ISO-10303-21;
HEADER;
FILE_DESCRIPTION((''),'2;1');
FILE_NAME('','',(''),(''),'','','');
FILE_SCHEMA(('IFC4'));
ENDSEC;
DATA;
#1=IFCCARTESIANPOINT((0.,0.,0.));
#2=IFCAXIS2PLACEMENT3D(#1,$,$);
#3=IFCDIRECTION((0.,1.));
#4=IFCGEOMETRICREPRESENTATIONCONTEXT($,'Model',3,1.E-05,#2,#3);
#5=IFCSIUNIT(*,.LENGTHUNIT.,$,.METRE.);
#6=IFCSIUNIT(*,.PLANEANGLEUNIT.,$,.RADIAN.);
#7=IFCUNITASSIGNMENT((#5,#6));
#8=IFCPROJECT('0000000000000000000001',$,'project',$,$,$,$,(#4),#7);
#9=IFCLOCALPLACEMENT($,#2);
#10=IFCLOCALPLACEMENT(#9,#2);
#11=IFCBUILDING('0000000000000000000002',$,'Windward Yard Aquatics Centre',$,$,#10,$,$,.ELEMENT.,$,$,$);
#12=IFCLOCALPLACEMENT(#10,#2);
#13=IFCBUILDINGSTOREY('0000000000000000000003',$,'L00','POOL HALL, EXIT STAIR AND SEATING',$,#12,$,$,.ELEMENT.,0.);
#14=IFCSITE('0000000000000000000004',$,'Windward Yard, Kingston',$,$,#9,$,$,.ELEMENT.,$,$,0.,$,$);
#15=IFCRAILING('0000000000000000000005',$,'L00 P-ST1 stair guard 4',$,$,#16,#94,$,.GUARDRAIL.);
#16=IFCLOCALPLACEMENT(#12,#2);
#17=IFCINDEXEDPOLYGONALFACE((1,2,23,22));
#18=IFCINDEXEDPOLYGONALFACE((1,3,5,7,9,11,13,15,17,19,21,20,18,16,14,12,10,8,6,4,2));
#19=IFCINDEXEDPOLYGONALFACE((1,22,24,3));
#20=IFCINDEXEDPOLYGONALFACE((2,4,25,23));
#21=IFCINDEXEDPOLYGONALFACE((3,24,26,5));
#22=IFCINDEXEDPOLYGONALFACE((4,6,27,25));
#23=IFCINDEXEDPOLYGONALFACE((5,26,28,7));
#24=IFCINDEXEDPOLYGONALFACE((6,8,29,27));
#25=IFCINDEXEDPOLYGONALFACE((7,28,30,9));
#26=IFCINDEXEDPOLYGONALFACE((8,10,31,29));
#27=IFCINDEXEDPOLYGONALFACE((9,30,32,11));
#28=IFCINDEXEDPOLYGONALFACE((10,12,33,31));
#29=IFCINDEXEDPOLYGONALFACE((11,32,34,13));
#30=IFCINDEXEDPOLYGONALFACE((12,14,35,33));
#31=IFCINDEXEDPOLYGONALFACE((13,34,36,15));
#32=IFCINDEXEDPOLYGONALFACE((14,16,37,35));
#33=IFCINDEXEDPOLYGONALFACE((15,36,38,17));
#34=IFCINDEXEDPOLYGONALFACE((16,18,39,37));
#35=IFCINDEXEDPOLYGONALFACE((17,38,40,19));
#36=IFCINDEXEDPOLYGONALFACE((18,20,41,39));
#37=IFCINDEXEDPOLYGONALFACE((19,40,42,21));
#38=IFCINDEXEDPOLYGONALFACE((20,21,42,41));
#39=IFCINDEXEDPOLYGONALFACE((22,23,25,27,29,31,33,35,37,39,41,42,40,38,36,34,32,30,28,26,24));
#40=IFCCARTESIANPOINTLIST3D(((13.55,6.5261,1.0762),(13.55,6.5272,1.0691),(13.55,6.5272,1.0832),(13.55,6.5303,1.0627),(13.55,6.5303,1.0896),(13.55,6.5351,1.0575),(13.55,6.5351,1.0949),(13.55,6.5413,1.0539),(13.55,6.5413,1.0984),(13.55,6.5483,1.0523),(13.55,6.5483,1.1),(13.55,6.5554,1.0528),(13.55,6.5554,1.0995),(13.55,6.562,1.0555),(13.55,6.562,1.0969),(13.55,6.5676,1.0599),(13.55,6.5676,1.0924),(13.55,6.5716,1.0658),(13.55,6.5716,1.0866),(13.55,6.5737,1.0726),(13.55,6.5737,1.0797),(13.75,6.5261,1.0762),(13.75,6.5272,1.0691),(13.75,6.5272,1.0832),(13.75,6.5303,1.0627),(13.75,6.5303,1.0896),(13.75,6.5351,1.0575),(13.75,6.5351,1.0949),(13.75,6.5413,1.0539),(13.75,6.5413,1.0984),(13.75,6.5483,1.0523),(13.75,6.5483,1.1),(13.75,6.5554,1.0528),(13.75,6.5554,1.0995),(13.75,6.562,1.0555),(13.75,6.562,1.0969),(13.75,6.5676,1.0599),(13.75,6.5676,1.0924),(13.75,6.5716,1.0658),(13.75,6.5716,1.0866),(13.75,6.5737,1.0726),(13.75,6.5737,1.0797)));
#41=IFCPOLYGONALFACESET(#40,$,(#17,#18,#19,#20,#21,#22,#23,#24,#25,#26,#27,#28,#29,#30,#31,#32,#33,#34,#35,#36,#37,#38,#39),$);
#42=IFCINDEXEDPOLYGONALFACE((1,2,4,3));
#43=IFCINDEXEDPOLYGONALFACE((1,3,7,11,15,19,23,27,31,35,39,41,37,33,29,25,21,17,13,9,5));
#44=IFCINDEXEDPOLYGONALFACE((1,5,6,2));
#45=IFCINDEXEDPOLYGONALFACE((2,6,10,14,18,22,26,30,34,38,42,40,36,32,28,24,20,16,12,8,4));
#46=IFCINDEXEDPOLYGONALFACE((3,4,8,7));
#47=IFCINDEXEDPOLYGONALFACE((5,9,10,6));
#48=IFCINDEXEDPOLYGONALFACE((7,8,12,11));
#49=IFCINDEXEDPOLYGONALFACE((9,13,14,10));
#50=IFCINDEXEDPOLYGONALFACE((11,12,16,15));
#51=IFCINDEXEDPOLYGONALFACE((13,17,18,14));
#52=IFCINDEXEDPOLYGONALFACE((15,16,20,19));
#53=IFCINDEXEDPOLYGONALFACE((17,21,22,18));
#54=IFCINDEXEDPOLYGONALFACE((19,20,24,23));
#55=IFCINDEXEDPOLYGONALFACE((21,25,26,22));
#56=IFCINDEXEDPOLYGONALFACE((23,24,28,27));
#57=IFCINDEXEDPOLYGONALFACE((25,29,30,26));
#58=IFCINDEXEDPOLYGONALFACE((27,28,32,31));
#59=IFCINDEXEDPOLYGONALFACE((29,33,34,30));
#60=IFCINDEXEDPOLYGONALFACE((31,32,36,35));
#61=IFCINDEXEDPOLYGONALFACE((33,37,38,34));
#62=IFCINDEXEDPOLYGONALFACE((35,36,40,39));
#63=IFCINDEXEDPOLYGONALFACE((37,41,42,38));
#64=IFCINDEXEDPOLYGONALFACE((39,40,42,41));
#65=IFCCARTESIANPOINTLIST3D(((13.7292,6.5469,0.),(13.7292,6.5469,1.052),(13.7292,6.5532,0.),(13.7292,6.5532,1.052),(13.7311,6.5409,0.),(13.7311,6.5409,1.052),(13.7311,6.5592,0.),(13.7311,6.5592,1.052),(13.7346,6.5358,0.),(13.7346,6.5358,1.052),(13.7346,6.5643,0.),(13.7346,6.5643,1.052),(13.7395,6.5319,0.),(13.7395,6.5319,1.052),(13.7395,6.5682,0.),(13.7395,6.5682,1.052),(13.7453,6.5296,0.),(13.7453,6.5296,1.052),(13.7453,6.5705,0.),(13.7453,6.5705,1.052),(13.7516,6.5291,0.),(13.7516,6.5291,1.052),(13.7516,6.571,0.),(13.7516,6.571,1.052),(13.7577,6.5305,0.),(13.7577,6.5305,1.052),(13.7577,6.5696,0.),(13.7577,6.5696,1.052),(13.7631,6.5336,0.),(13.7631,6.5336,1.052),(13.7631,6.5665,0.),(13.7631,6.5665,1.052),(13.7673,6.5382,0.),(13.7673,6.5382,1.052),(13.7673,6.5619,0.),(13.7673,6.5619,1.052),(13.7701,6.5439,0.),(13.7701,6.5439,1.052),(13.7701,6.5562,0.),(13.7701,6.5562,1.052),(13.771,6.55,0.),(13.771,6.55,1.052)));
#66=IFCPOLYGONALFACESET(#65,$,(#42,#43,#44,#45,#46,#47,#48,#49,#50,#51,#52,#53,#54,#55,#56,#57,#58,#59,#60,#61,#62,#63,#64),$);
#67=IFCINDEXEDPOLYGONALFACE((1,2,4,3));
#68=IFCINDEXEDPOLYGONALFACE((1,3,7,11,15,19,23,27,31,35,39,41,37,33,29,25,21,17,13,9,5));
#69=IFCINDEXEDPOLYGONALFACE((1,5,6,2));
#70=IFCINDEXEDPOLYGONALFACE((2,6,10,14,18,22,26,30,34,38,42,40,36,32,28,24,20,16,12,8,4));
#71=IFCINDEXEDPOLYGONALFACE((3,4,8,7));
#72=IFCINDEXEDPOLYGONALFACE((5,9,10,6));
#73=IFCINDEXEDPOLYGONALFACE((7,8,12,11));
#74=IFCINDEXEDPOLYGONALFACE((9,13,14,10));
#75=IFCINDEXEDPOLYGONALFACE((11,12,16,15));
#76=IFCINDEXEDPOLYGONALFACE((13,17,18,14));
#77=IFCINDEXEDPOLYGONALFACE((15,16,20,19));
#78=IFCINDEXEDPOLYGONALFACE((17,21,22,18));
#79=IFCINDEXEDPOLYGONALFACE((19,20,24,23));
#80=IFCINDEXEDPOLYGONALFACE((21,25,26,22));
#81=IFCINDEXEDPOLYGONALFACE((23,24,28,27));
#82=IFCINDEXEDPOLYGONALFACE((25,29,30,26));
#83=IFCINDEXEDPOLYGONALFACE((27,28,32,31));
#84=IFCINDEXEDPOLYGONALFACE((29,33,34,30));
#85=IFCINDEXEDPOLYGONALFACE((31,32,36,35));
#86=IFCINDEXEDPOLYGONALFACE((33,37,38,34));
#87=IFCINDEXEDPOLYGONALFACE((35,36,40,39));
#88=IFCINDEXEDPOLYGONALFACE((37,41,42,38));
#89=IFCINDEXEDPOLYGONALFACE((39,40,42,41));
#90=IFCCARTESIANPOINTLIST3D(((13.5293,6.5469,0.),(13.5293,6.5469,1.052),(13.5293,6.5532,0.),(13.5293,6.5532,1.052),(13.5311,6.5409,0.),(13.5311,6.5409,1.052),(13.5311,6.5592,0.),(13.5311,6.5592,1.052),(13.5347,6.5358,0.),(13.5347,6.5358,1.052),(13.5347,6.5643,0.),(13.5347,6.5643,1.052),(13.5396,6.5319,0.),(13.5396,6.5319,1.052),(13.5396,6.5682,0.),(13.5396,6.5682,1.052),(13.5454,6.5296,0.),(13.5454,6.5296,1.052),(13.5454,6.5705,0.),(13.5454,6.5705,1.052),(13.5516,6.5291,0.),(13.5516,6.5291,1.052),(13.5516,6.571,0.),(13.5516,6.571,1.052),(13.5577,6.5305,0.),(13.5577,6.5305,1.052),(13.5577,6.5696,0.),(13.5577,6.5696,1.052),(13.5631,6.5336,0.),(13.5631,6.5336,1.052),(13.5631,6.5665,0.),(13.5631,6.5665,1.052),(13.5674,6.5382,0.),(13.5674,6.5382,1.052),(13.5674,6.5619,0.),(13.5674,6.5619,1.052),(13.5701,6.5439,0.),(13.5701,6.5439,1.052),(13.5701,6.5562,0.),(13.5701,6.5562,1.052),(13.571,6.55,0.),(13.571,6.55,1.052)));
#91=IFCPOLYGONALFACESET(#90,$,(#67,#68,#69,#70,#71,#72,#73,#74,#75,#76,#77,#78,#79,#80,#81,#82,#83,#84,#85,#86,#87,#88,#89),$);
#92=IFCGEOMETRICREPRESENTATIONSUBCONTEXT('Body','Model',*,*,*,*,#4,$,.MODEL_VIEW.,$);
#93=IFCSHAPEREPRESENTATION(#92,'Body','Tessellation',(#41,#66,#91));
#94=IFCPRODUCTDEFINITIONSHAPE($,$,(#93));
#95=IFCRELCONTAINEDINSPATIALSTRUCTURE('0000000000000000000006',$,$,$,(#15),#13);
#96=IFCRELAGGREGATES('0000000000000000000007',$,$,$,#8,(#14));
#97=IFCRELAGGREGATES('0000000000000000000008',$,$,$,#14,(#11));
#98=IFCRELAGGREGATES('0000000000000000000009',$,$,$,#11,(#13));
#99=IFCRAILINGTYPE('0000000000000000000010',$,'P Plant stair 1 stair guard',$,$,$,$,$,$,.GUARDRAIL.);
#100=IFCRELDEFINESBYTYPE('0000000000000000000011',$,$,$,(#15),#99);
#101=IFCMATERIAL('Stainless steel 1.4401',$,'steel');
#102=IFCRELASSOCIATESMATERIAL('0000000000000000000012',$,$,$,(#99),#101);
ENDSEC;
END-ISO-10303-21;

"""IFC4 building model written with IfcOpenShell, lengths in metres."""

from ifc_helpers import new_model, si_unit, direction, frame, origin, origin_2d, place, context, subcontext, project, spatial, circle, extrude, material, type_object, element, save


model = new_model("IFC4")

# Units and contexts
model_context = context("Model", 3, precision=1e-05, world=origin(), true_north=direction((0.0, 1.0)))
body_context = subcontext(model_context, "Body", "Model", "MODEL_VIEW")
ifc_project = project(units=[si_unit("LENGTHUNIT", "METRE"), si_unit("PLANEANGLEUNIT", "RADIAN")], contexts=[model_context])

# Site, building, storey
site_placement = place(None, origin())
site = spatial("IfcSite", under=ifc_project, at=site_placement, Name="Windward Yard, Kingston", CompositionType="ELEMENT", RefElevation=0.0)
building_placement = place(site_placement, origin())
building = spatial("IfcBuilding", under=site, at=building_placement, Name="Windward Yard Aquatics Centre", CompositionType="ELEMENT")
storey_placement = place(building_placement, origin())
storey = spatial("IfcBuildingStorey", under=building, at=storey_placement, Name="L00", Description="POOL HALL, EXIT STAIR AND SEATING", CompositionType="ELEMENT", Elevation=0.0)

# Railing
ifc_material_1 = material(Name="Stainless steel 1.4401", Category="steel")
railing_type_1 = type_object("IfcRailingType", Name="P Plant stair 1 stair guard", PredefinedType="GUARDRAIL", material=ifc_material_1)
railing_1_placement = place(storey_placement, frame((13.75, 6.55, 0.0)))
element("IfcRailing", 1, at=railing_1_placement, inside=storey, type_object=railing_type_1, Name="L00 P-ST1 stair guard 4", PredefinedType="GUARDRAIL", context=body_context, shape_type="SweptSolid", body=[
    extrude(circle(Radius=0.0239, at=origin_2d()), frame((0.0, 0.0, 1.0762), z_axis=(-1.0, 0.0, 0.0), x_axis=(0.0, -1.0, 0.0)), (0.0, 0.0, 1.0), 0.2),
    extrude(circle(Radius=0.021, at=origin_2d()), origin(), (0.0, 0.0, 1.0), 1.052),
    extrude(circle(Radius=0.021, at=origin_2d()), frame((-0.2, 0.0, 0.0)), (0.0, 0.0, 1.0), 1.052),
])

save(model, "model.ifc")
